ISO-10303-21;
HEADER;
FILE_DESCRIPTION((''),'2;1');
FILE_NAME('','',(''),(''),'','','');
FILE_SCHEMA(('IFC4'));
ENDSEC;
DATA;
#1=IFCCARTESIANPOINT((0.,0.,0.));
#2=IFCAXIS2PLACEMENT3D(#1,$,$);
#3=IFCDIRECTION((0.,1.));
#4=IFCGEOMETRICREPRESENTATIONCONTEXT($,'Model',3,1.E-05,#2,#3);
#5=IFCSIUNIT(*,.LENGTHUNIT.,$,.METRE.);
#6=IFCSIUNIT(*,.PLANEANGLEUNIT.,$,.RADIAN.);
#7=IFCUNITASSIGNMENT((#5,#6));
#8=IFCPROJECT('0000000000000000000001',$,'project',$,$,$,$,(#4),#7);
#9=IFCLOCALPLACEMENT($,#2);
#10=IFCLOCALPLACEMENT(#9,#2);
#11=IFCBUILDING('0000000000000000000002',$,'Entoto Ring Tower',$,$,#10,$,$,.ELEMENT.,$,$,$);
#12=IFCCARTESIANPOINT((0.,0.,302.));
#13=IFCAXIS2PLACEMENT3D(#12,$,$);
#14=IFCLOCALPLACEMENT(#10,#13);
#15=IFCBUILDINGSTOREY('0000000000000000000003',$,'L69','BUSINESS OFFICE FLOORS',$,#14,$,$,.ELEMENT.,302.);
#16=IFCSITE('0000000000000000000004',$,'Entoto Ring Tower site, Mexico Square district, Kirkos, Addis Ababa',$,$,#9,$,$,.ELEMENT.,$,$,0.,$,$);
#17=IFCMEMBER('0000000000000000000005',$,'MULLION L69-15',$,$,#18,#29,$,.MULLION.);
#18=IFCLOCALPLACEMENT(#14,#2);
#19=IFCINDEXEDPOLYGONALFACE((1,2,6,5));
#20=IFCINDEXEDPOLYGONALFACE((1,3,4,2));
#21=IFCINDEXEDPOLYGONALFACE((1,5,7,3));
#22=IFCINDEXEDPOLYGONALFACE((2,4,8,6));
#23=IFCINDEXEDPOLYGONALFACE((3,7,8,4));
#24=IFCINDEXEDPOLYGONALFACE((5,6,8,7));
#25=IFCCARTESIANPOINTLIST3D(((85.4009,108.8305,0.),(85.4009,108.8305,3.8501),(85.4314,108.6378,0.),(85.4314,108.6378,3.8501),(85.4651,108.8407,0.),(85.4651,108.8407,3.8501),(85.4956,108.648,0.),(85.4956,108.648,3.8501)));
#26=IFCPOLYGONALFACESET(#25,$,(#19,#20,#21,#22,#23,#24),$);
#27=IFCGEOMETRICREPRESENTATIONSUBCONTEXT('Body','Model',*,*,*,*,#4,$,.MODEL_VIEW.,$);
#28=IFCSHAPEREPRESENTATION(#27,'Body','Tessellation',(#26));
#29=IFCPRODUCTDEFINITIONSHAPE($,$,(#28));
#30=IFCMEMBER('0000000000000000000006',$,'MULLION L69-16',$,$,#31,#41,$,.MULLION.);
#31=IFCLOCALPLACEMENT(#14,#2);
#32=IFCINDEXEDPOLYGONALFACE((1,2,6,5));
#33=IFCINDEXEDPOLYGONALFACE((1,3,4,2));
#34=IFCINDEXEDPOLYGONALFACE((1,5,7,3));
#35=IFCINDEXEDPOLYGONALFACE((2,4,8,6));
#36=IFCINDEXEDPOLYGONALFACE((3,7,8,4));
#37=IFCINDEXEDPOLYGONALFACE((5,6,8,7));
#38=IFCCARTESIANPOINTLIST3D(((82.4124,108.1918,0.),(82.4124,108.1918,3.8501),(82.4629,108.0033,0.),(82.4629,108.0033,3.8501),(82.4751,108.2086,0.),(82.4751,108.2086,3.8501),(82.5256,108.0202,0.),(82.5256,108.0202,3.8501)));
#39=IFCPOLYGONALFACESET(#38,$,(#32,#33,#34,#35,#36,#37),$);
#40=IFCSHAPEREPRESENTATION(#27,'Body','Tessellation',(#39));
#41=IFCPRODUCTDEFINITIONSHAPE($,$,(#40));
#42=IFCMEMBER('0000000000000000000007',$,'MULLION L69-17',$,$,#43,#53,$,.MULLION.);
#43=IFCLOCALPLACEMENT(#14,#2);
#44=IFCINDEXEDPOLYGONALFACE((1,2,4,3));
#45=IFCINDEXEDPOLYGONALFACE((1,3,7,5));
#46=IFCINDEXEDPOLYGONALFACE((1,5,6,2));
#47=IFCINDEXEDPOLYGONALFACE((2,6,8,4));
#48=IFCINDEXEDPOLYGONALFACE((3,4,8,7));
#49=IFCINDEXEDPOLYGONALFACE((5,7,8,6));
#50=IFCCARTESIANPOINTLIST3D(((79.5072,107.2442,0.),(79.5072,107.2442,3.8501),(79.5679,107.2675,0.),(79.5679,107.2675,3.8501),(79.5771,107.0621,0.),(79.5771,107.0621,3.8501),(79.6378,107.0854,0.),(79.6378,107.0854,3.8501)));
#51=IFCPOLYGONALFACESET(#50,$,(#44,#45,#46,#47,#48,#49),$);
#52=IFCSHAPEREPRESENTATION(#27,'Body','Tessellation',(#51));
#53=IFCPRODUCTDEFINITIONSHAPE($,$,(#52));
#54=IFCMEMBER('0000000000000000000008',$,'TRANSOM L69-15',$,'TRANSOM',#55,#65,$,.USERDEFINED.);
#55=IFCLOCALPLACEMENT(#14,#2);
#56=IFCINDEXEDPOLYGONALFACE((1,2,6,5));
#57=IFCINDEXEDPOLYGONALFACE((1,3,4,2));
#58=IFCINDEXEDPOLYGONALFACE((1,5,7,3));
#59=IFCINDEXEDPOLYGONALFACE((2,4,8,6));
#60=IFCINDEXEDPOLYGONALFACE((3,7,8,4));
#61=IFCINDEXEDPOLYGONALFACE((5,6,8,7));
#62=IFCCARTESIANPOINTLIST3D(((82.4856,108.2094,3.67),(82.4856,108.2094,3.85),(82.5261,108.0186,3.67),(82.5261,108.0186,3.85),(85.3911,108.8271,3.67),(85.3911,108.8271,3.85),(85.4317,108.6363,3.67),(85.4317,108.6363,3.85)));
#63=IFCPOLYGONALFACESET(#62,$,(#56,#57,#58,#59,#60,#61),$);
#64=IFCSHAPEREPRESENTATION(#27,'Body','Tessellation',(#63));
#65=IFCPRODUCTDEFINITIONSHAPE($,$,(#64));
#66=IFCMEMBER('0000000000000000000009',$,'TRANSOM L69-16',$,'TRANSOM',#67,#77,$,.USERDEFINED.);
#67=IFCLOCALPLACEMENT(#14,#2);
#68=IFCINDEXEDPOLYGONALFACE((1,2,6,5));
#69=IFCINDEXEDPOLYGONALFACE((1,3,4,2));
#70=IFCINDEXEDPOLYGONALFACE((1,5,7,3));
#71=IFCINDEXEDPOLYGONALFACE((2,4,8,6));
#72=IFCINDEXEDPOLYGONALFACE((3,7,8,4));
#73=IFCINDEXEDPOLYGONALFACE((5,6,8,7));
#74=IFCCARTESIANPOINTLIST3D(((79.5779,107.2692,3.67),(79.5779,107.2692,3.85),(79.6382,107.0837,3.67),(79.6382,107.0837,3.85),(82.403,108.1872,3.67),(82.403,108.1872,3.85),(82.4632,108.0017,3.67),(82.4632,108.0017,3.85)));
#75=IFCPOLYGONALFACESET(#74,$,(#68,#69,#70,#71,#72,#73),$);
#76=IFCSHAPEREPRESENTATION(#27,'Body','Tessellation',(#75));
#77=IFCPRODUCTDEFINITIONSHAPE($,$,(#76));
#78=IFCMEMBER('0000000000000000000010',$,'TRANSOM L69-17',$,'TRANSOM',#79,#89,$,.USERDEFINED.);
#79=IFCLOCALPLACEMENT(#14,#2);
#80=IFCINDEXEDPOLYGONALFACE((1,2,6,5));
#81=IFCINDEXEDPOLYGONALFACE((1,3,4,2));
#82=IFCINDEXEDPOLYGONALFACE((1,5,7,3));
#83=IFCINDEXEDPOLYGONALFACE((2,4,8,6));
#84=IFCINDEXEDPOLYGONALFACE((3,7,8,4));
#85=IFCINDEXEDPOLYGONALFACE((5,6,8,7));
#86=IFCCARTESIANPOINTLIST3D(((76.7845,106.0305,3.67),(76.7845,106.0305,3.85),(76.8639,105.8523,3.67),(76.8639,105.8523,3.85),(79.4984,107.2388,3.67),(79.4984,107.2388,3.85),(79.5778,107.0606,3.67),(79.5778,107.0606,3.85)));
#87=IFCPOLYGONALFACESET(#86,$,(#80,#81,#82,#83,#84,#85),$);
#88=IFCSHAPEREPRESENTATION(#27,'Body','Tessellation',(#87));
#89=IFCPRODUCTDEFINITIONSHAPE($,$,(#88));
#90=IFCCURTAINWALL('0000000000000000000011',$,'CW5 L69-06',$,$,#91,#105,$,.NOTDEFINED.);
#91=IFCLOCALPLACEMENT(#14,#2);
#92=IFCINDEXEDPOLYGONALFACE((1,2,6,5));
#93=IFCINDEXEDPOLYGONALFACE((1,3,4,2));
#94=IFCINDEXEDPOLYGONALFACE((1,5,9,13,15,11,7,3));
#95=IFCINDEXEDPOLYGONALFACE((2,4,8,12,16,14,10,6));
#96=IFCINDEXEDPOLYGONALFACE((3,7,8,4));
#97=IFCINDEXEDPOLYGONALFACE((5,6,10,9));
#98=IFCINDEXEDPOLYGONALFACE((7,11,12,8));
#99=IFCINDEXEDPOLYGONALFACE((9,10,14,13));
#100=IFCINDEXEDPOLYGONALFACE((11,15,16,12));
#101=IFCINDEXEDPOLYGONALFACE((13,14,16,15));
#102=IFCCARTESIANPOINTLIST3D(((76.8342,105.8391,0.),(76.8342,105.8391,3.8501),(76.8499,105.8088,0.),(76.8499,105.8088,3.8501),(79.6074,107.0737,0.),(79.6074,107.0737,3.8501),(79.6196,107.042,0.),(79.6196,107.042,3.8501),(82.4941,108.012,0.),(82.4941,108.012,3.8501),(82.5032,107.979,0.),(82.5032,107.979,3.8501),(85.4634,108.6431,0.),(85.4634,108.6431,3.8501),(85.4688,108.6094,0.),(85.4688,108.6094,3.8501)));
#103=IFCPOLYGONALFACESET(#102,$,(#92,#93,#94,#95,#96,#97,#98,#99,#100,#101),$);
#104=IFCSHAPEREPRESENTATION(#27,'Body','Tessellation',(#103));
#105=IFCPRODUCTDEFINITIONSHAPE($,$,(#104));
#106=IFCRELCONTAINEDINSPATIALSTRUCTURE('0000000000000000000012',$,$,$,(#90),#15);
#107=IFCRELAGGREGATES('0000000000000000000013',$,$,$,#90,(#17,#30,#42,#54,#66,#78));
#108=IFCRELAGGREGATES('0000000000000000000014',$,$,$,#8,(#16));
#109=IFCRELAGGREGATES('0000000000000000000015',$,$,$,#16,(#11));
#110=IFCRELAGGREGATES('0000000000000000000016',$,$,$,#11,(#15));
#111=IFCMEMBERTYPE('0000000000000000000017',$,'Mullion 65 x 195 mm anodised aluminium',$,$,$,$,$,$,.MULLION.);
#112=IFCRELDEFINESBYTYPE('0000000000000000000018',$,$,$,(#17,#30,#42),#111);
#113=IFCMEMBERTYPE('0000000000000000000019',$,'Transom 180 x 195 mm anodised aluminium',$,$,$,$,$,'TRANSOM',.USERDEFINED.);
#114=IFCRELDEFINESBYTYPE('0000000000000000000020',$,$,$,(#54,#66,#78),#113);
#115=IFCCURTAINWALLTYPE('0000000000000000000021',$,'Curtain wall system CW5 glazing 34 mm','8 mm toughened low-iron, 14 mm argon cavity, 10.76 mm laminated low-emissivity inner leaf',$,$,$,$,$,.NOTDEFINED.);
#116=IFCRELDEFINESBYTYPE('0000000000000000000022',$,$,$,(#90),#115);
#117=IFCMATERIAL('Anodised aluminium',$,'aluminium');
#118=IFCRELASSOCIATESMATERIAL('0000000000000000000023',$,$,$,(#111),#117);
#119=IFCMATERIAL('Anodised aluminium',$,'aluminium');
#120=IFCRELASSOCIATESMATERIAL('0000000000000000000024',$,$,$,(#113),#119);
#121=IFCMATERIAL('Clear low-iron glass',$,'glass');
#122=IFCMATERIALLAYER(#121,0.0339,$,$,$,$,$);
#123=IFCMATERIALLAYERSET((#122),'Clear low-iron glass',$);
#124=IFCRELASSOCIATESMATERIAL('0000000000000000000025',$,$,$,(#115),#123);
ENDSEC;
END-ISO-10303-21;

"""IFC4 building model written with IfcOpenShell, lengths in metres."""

from ifc_helpers import new_model, si_unit, direction, frame, origin, origin_2d, place, context, subcontext, project, spatial, polyline, rectangle, outline, extrude, material, layer, layer_set, material_profile, profile_set, type_object, element, aggregate, save


model = new_model("IFC4")

# Units and contexts
model_context = context("Model", 3, precision=1e-05, world=origin(), true_north=direction((0.0, 1.0)))
body_context = subcontext(model_context, "Body", "Model", "MODEL_VIEW")
ifc_project = project(units=[si_unit("LENGTHUNIT", "METRE"), si_unit("PLANEANGLEUNIT", "RADIAN")], contexts=[model_context])

# Members
ifc_material_1 = material(Name="Anodised aluminium", Category="aluminium")
ifc_material_profile_1 = material_profile(ifc_material_1, rectangle(XDim=0.0649, YDim=0.1951, at=origin_2d()), Name="Mullion 65 x 195 mm anodised aluminium")
ifc_profile_set_1 = profile_set([ifc_material_profile_1], Name="Anodised aluminium")
member_type_1 = type_object("IfcMemberType", Name="Mullion 65 x 195 mm anodised aluminium", PredefinedType="MULLION", material=ifc_profile_set_1)
site_placement = place(None, origin())
building_placement = place(site_placement, origin())
storey_placement = place(building_placement, frame((0.0, 0.0, 302.0)))
member_1_placement = place(storey_placement, frame((85.4482, 108.7393, 0.0), z_axis=(0.0, 0.0, 1.0), x_axis=(-0.987688, -0.156434, 0.0)))
member_1 = element("IfcMember", 1, at=member_1_placement, type_object=member_type_1, Name="MULLION L69-15", PredefinedType="MULLION", context=body_context, shape_type="SweptSolid", body=[
    extrude(rectangle(XDim=0.0649, YDim=0.1951, at=origin_2d()), origin(), (0.0, 0.0, 1.0), 3.8501),
])
member_2_placement = place(storey_placement, frame((82.469, 108.106, 0.0), z_axis=(0.0, 0.0, 1.0), x_axis=(-0.965926, -0.258819, 0.0)))
member_2 = element("IfcMember", 2, at=member_2_placement, type_object=member_type_1, Name="MULLION L69-16", PredefinedType="MULLION", context=body_context, shape_type="SweptSolid", body=[
    extrude(rectangle(XDim=0.0649, YDim=0.1951, at=origin_2d()), origin(), (0.0, 0.0, 1.0), 3.8501),
])
member_3_placement = place(storey_placement, frame((79.5725, 107.1648, 0.0), z_axis=(0.0, 0.0, 1.0), x_axis=(-0.93358, -0.358368, 0.0)))
member_3 = element("IfcMember", 3, at=member_3_placement, type_object=member_type_1, Name="MULLION L69-17", PredefinedType="MULLION", context=body_context, shape_type="SweptSolid", body=[
    extrude(rectangle(XDim=0.0649, YDim=0.1951, at=origin_2d()), origin(), (0.0, 0.0, 1.0), 3.8501),
])
ifc_material_2 = material(Name="Anodised aluminium", Category="aluminium")
ifc_material_profile_2 = material_profile(ifc_material_2, rectangle(XDim=0.1951, YDim=0.1799, at=origin_2d()), Name="Transom 180 x 195 mm anodised aluminium")
ifc_profile_set_2 = profile_set([ifc_material_profile_2], Name="Anodised aluminium")
member_type_2 = type_object("IfcMemberType", Name="Transom 180 x 195 mm anodised aluminium", ElementType="TRANSOM", PredefinedType="USERDEFINED", material=ifc_profile_set_2)
member_4_placement = place(storey_placement, frame((85.4114, 108.7317, 3.76), z_axis=(-0.978142, -0.20794, 0.0), x_axis=(0.20794, -0.978142, 0.0)))
member_4 = element("IfcMember", 4, at=member_4_placement, type_object=member_type_2, Name="TRANSOM L69-15", ObjectType="TRANSOM", PredefinedType="USERDEFINED", context=body_context, shape_type="SweptSolid", body=[
    extrude(rectangle(XDim=0.1951, YDim=0.1799, at=origin_2d()), origin(), (0.0, 0.0, 1.0), 2.9705),
])
member_5_placement = place(storey_placement, frame((82.4331, 108.0945, 3.76), z_axis=(-0.951048, -0.309043, 0.0), x_axis=(0.309043, -0.951048, 0.0)))
member_5 = element("IfcMember", 5, at=member_5_placement, type_object=member_type_2, Name="TRANSOM L69-16", ObjectType="TRANSOM", PredefinedType="USERDEFINED", context=body_context, shape_type="SweptSolid", body=[
    extrude(rectangle(XDim=0.1951, YDim=0.1799, at=origin_2d()), origin(), (0.0, 0.0, 1.0), 2.9705),
])
member_6_placement = place(storey_placement, frame((79.5381, 107.1497, 3.76), z_axis=(-0.91355, -0.406726, 0.0), x_axis=(0.406726, -0.91355, 0.0)))
member_6 = element("IfcMember", 6, at=member_6_placement, type_object=member_type_2, Name="TRANSOM L69-17", ObjectType="TRANSOM", PredefinedType="USERDEFINED", context=body_context, shape_type="SweptSolid", body=[
    extrude(rectangle(XDim=0.1951, YDim=0.1799, at=origin_2d()), origin(), (0.0, 0.0, 1.0), 2.9707),
])

# Site, building, storey
site = spatial("IfcSite", under=ifc_project, at=site_placement, Name="Entoto Ring Tower site, Mexico Square district, Kirkos, Addis Ababa", CompositionType="ELEMENT", RefElevation=0.0)
building = spatial("IfcBuilding", under=site, at=building_placement, Name="Entoto Ring Tower", CompositionType="ELEMENT")
storey = spatial("IfcBuildingStorey", under=building, at=storey_placement, Name="L69", Description="BUSINESS OFFICE FLOORS", CompositionType="ELEMENT", Elevation=302.0)

# Curtain wall
ifc_material_3 = material(Name="Clear low-iron glass", Category="glass")
ifc_layer = layer(ifc_material_3, 0.0339)
ifc_layer_set = layer_set([ifc_layer], Name="Clear low-iron glass")
curtain_wall_type = type_object("IfcCurtainWallType", Name="Curtain wall system CW5 glazing 34 mm", Description="8 mm toughened low-iron, 14 mm argon cavity, 10.76 mm laminated low-emissivity inner leaf", PredefinedType="NOTDEFINED", material=ifc_layer_set)
curtain_wall_1_placement = place(storey_placement, origin())
curtain_wall_1 = element("IfcCurtainWall", 7, at=curtain_wall_1_placement, inside=storey, type_object=curtain_wall_type, Name="CW5 L69-06", PredefinedType="NOTDEFINED", context=body_context, shape_type="SweptSolid", body=[
    extrude(outline(polyline([(85.4634, 108.6431), (82.4941, 108.012), (79.6074, 107.0737), (76.8342, 105.8391), (76.8499, 105.8088), (79.6196, 107.042), (82.5032, 107.979), (85.4688, 108.6094), (85.4634, 108.6431)])), origin(), (0.0, 0.0, 1.0), 3.8501),
])
aggregate(curtain_wall_1, [member_1, member_2, member_3, member_4, member_5, member_6])

save(model, "model.ifc")
